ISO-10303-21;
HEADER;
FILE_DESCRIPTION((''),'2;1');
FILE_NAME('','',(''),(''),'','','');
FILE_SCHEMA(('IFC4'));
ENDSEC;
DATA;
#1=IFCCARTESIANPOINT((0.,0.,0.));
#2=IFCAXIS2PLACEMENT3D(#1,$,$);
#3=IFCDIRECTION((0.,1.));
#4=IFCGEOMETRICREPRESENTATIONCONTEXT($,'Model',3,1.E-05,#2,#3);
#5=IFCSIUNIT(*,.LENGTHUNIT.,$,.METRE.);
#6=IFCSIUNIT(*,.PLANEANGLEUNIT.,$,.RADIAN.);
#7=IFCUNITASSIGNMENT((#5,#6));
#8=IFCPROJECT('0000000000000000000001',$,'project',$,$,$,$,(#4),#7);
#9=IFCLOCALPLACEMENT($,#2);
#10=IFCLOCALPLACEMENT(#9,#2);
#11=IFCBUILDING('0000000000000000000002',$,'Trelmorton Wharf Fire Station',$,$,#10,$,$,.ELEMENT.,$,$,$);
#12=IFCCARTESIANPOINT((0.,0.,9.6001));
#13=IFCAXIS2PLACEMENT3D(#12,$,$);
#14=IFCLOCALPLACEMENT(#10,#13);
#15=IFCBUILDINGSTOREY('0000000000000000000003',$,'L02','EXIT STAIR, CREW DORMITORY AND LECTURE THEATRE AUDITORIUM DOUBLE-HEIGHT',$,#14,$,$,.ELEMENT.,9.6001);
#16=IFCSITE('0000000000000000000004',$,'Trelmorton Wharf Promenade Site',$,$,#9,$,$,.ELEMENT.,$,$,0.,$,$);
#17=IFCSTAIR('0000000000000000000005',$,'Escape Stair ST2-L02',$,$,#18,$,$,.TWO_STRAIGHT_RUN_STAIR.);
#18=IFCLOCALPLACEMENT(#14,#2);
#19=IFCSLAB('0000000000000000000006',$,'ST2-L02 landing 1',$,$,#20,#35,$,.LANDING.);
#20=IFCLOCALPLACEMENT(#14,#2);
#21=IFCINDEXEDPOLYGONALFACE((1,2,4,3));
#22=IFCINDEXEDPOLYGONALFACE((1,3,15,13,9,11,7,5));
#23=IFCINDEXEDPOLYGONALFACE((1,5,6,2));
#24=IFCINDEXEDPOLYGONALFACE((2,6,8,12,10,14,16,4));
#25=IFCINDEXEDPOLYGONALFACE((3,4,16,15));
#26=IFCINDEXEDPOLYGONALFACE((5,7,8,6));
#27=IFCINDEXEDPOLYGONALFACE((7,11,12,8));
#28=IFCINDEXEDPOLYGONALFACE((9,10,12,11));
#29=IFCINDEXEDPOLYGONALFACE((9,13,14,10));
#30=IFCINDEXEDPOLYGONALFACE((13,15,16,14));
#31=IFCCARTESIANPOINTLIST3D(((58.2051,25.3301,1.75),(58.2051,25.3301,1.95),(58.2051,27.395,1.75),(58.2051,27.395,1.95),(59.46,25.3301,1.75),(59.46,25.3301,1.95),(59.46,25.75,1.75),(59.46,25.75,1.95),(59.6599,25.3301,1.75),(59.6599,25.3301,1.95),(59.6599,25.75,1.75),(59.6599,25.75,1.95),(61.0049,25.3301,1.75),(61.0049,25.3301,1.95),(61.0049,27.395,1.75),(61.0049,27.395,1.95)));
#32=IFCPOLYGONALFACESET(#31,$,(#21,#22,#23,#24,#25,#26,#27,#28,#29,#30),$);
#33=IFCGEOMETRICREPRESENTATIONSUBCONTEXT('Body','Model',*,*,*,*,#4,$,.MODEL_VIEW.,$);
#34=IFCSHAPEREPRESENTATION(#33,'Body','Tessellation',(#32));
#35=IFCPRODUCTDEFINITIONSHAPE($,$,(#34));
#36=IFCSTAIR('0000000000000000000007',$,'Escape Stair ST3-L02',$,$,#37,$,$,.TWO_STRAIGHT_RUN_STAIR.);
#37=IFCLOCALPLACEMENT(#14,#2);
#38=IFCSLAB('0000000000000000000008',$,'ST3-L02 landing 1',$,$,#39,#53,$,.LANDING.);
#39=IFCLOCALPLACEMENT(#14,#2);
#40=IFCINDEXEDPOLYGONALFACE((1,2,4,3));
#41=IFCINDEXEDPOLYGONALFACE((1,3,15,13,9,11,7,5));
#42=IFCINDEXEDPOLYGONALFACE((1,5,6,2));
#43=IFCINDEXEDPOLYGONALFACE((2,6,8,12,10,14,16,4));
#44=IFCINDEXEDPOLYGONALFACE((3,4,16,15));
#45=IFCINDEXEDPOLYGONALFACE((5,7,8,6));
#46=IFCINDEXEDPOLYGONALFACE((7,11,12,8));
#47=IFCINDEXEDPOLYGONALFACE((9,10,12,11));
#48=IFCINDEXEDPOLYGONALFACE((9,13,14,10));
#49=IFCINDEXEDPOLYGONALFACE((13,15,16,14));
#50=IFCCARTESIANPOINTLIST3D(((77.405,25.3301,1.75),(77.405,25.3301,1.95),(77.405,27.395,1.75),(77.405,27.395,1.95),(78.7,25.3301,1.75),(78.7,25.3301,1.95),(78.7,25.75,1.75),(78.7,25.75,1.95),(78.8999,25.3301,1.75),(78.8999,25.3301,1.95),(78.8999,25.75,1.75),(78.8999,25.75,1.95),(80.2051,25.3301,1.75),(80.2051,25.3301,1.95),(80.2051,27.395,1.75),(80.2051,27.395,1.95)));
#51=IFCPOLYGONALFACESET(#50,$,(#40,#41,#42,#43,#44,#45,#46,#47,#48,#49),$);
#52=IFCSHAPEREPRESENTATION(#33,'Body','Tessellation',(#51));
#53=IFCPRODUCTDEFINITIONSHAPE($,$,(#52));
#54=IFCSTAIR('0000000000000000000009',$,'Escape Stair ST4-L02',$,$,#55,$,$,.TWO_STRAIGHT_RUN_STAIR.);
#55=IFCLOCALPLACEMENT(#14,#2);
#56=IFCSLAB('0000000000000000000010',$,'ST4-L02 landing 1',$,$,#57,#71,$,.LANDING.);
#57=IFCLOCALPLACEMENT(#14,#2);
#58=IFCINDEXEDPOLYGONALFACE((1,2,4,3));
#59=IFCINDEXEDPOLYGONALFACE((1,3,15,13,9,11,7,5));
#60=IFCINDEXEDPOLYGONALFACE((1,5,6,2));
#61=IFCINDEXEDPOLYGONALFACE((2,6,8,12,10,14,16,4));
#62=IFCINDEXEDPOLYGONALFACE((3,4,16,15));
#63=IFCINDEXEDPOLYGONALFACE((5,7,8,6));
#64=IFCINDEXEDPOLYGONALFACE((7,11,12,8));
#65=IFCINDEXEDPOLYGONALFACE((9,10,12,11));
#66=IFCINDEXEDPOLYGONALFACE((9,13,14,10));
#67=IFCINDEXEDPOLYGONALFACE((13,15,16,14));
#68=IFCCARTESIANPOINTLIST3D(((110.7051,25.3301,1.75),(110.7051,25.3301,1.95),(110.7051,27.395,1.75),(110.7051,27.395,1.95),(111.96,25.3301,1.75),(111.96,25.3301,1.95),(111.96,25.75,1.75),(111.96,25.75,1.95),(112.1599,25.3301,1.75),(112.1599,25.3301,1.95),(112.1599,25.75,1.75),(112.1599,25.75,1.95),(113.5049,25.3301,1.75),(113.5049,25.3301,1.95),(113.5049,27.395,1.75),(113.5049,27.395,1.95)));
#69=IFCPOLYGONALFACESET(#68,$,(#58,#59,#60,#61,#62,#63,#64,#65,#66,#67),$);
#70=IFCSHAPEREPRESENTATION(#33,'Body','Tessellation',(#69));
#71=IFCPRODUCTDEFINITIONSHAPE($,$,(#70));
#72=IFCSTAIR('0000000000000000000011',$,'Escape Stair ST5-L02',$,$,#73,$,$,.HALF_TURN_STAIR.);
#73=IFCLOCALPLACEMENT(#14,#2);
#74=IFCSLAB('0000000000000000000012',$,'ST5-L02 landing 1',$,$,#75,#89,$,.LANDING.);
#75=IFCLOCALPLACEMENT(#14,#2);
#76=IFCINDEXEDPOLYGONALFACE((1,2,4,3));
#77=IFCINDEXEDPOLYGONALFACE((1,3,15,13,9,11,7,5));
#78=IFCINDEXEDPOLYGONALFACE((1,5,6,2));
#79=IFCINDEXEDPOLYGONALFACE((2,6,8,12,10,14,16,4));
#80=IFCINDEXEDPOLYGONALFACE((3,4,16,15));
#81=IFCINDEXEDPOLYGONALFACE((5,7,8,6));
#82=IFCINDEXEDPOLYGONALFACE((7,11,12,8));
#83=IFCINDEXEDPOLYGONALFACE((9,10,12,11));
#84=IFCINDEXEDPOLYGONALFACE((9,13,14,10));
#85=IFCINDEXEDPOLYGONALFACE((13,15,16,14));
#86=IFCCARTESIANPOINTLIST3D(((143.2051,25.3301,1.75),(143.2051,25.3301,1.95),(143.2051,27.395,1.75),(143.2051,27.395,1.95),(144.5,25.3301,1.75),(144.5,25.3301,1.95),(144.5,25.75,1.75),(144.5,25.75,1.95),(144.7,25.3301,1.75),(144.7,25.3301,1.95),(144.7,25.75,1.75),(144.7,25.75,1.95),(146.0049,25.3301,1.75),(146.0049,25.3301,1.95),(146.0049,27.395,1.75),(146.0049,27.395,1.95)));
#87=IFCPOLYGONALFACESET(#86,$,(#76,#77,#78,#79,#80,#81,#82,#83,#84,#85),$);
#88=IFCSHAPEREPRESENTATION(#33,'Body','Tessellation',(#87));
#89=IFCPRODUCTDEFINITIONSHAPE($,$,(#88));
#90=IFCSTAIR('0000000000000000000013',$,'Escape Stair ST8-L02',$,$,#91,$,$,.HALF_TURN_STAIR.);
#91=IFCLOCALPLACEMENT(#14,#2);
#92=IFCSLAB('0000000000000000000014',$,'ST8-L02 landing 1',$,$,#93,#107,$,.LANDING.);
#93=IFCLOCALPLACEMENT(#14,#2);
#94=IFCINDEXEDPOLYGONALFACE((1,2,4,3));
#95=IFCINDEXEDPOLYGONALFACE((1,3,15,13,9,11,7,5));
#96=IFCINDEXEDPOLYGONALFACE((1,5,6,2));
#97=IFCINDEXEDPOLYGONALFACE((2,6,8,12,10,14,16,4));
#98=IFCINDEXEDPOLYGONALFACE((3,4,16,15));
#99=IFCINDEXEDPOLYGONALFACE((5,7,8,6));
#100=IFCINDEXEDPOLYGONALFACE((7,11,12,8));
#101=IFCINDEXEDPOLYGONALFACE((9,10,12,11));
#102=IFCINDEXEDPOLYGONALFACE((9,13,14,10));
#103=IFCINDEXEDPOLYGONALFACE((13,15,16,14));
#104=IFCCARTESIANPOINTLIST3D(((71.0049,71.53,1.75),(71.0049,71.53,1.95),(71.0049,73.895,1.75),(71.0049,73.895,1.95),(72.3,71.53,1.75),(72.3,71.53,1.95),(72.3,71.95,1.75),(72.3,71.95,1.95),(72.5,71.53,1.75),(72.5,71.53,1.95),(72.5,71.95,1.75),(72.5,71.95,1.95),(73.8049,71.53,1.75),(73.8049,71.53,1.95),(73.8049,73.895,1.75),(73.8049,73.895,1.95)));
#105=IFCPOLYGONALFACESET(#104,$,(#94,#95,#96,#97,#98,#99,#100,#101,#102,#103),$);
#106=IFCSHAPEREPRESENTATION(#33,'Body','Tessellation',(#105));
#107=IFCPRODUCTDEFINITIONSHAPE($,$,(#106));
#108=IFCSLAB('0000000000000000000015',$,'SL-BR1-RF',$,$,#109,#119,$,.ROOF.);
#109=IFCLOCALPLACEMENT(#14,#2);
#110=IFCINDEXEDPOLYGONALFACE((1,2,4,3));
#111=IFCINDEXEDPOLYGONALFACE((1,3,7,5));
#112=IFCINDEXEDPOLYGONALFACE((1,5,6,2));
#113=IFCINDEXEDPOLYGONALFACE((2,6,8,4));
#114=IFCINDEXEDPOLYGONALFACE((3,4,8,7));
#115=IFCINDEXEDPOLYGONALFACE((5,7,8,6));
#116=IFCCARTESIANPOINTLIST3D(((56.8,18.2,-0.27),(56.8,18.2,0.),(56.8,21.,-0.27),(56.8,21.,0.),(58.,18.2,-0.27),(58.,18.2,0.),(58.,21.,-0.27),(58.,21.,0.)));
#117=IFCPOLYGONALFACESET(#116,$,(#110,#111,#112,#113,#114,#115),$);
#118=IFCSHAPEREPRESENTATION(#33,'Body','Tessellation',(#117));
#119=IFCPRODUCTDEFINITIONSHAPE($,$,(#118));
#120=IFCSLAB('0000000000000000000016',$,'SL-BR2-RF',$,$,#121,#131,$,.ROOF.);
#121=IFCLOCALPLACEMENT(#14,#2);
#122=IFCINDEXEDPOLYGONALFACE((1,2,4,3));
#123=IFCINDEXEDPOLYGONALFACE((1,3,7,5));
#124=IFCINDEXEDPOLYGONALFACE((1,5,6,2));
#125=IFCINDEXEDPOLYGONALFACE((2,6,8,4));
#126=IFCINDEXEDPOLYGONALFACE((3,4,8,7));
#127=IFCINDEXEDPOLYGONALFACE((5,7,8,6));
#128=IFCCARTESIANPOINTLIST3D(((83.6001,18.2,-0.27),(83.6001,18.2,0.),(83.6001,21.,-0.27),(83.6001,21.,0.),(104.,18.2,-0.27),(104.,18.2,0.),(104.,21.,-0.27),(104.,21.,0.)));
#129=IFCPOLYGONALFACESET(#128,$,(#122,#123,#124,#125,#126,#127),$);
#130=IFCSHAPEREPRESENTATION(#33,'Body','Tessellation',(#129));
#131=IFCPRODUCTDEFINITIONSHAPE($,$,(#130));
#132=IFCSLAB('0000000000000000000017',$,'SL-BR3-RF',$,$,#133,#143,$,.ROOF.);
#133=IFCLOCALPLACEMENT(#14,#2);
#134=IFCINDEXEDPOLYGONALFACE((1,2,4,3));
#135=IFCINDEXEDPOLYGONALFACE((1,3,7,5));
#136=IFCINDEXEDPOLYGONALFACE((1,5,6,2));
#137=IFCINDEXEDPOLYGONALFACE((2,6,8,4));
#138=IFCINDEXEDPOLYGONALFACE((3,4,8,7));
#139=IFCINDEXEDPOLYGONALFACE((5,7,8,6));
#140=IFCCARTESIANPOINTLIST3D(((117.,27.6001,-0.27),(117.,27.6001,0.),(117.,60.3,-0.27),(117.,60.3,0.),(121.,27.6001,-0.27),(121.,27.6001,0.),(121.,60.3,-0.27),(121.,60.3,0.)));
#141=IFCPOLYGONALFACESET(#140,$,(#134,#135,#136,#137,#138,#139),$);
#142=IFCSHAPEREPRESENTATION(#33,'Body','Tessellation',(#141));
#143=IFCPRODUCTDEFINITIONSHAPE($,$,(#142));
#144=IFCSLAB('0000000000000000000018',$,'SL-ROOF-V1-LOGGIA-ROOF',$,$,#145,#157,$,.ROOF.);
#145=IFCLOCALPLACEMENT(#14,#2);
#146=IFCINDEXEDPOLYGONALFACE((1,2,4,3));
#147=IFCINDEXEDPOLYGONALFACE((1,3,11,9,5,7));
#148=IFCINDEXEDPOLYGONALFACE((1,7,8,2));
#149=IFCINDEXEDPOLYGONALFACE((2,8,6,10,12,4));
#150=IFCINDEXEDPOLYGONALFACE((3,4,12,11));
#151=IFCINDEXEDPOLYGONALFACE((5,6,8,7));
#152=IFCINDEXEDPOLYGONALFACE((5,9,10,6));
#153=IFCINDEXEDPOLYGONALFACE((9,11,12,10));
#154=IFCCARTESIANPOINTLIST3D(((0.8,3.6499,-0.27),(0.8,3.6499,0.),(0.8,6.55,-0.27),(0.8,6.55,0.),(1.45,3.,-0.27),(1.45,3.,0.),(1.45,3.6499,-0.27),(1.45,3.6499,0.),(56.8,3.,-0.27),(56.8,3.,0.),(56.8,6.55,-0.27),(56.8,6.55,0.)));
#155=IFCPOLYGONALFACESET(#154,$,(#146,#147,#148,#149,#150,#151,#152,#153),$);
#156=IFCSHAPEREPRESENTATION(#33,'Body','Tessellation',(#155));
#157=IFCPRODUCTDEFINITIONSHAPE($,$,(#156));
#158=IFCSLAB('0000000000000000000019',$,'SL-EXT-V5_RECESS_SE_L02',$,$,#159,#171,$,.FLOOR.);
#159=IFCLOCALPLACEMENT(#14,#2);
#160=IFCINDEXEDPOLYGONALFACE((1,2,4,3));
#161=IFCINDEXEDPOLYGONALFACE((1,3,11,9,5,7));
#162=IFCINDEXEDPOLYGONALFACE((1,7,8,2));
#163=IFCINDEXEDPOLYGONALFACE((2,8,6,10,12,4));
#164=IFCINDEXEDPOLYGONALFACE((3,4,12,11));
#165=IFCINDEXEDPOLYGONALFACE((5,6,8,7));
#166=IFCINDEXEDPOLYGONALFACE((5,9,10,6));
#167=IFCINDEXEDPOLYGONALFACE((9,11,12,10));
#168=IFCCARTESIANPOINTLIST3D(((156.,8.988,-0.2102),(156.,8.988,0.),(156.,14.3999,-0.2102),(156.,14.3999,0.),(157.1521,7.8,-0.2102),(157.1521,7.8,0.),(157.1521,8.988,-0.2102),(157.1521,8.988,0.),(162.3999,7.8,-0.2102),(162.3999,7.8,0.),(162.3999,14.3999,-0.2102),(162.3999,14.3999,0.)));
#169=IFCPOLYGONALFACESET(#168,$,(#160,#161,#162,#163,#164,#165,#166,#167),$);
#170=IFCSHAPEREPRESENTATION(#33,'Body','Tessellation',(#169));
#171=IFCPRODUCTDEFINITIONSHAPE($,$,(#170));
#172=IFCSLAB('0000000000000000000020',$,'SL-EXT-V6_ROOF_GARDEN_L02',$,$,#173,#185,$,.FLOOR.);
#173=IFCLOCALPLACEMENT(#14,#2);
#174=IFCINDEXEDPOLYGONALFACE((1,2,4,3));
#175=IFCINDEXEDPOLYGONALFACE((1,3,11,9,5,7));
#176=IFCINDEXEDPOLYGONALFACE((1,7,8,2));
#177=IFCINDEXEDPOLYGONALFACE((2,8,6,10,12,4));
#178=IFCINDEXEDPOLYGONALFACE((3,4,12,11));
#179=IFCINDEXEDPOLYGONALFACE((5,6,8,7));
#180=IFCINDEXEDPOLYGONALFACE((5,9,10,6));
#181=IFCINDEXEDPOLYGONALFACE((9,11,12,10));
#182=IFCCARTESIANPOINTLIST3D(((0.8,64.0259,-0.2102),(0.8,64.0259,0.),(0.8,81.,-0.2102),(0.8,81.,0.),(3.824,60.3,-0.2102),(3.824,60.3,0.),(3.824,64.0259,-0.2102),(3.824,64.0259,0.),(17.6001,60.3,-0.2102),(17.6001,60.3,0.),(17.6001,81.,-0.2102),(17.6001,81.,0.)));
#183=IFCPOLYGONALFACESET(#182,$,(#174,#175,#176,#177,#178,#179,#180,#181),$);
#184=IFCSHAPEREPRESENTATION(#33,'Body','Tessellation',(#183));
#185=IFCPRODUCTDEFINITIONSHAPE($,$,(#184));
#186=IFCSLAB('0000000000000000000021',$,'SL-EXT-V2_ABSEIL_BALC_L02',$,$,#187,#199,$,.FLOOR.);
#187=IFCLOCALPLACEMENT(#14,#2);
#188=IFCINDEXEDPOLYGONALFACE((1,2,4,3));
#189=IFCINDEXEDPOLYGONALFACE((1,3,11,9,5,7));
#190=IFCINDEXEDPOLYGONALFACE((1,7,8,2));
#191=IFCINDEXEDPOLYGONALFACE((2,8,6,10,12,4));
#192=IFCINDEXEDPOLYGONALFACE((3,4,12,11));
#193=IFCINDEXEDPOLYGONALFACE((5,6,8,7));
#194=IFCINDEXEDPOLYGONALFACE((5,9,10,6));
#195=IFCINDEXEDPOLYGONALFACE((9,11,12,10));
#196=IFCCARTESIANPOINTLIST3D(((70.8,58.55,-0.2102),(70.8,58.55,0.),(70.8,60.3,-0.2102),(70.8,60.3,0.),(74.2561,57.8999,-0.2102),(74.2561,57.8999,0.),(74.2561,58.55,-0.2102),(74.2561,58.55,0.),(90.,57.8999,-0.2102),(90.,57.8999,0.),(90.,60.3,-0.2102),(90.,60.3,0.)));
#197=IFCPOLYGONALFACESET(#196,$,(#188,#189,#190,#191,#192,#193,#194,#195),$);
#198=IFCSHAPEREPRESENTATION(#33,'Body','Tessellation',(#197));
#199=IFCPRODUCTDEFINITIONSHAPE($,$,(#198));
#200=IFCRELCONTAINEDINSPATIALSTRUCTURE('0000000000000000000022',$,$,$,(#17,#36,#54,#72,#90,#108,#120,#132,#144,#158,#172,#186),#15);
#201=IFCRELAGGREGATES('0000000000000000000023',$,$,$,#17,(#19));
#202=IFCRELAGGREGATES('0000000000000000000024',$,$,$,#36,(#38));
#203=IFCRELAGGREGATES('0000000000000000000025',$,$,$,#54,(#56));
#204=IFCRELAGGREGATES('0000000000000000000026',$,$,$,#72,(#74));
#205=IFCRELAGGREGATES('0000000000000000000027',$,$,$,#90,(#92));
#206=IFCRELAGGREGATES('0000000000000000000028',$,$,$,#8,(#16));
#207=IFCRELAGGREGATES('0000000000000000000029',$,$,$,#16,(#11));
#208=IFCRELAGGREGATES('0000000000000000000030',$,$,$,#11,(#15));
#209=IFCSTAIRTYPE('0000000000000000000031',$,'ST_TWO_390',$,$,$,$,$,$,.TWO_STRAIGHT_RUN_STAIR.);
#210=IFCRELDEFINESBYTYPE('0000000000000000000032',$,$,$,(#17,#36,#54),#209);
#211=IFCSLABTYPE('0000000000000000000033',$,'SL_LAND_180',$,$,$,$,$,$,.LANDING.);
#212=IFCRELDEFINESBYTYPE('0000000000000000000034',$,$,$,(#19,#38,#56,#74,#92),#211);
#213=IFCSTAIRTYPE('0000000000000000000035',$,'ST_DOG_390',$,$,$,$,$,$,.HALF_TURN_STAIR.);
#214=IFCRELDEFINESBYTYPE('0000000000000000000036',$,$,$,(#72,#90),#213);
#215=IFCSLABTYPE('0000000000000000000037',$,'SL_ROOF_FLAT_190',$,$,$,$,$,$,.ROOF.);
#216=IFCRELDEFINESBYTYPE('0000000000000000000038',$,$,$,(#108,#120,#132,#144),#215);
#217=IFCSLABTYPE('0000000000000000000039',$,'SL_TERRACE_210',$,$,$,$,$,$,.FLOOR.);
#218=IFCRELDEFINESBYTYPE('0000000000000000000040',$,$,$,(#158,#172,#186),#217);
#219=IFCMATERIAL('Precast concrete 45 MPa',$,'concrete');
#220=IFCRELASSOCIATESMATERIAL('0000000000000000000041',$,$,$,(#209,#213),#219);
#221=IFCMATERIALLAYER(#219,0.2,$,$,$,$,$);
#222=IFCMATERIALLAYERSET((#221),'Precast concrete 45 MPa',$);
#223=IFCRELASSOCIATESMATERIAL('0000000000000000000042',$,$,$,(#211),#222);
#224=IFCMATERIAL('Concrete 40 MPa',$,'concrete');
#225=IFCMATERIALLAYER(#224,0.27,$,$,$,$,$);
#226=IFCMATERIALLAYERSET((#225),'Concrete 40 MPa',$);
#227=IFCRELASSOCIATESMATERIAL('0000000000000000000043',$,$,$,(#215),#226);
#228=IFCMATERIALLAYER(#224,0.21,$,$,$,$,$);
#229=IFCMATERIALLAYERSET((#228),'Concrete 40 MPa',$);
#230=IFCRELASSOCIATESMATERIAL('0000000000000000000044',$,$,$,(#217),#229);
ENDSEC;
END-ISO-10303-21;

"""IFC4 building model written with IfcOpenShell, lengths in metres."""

from ifc_helpers import new_model, si_unit, direction, frame, origin, place, context, subcontext, project, spatial, polyline, outline, extrude, material, layer, layer_set, type_object, element, aggregate, save


model = new_model("IFC4")

# Units and contexts
model_context = context("Model", 3, precision=1e-05, world=origin(), true_north=direction((0.0, 1.0)))
body_context = subcontext(model_context, "Body", "Model", "MODEL_VIEW")
ifc_project = project(units=[si_unit("LENGTHUNIT", "METRE"), si_unit("PLANEANGLEUNIT", "RADIAN")], contexts=[model_context])

# Site, building, storey
site_placement = place(None, origin())
site = spatial("IfcSite", under=ifc_project, at=site_placement, Name="Trelmorton Wharf Promenade Site", CompositionType="ELEMENT", RefElevation=0.0)
building_placement = place(site_placement, origin())
building = spatial("IfcBuilding", under=site, at=building_placement, Name="Trelmorton Wharf Fire Station", CompositionType="ELEMENT")
storey_placement = place(building_placement, frame((0.0, 0.0, 9.6001)))
storey = spatial("IfcBuildingStorey", under=building, at=storey_placement, Name="L02", Description="EXIT STAIR, CREW DORMITORY AND LECTURE THEATRE AUDITORIUM DOUBLE-HEIGHT", CompositionType="ELEMENT", Elevation=9.6001)

# Shared definitions
ifc_material_1 = material(Name="Concrete 40 MPa", Category="concrete")

# Stairs, slabs
ifc_material_2 = material(Name="Precast concrete 45 MPa", Category="concrete")
stair_type_1 = type_object("IfcStairType", Name="ST_TWO_390", PredefinedType="TWO_STRAIGHT_RUN_STAIR", material=ifc_material_2)
stair_1_placement = place(storey_placement, origin())
stair_1 = element("IfcStair", 1, at=stair_1_placement, inside=storey, type_object=stair_type_1, Name="Escape Stair ST2-L02", PredefinedType="TWO_STRAIGHT_RUN_STAIR")
ifc_layer_1 = layer(ifc_material_2, 0.2)
ifc_layer_set_1 = layer_set([ifc_layer_1], Name="Precast concrete 45 MPa")
slab_type_1 = type_object("IfcSlabType", Name="SL_LAND_180", PredefinedType="LANDING", material=ifc_layer_set_1)
slab_1_placement = place(storey_placement, frame((0.0, 0.0, 1.75)))
slab_1 = element("IfcSlab", 2, at=slab_1_placement, type_object=slab_type_1, Name="ST2-L02 landing 1", PredefinedType="LANDING", context=body_context, shape_type="SweptSolid", body=[
    extrude(outline(polyline([(58.2051, 25.3301), (59.46, 25.3301), (59.46, 25.75), (59.6599, 25.75), (59.6599, 25.3301), (61.0049, 25.3301), (61.0049, 27.395), (58.2051, 27.395), (58.2051, 25.3301)])), origin(), (0.0, 0.0, 1.0), 0.2),
])
aggregate(stair_1, [slab_1])
stair_2_placement = place(storey_placement, origin())
stair_2 = element("IfcStair", 3, at=stair_2_placement, inside=storey, type_object=stair_type_1, Name="Escape Stair ST3-L02", PredefinedType="TWO_STRAIGHT_RUN_STAIR")
slab_2_placement = place(storey_placement, frame((0.0, 0.0, 1.75)))
slab_2 = element("IfcSlab", 4, at=slab_2_placement, type_object=slab_type_1, Name="ST3-L02 landing 1", PredefinedType="LANDING", context=body_context, shape_type="SweptSolid", body=[
    extrude(outline(polyline([(77.405, 25.3301), (78.7, 25.3301), (78.7, 25.75), (78.8999, 25.75), (78.8999, 25.3301), (80.2051, 25.3301), (80.2051, 27.395), (77.405, 27.395), (77.405, 25.3301)])), origin(), (0.0, 0.0, 1.0), 0.2),
])
aggregate(stair_2, [slab_2])
stair_3_placement = place(storey_placement, origin())
stair_3 = element("IfcStair", 5, at=stair_3_placement, inside=storey, type_object=stair_type_1, Name="Escape Stair ST4-L02", PredefinedType="TWO_STRAIGHT_RUN_STAIR")
slab_3_placement = place(storey_placement, frame((0.0, 0.0, 1.75)))
slab_3 = element("IfcSlab", 6, at=slab_3_placement, type_object=slab_type_1, Name="ST4-L02 landing 1", PredefinedType="LANDING", context=body_context, shape_type="SweptSolid", body=[
    extrude(outline(polyline([(110.7051, 25.3301), (111.96, 25.3301), (111.96, 25.75), (112.1599, 25.75), (112.1599, 25.3301), (113.5049, 25.3301), (113.5049, 27.395), (110.7051, 27.395), (110.7051, 25.3301)])), origin(), (0.0, 0.0, 1.0), 0.2),
])
aggregate(stair_3, [slab_3])
stair_type_2 = type_object("IfcStairType", Name="ST_DOG_390", PredefinedType="HALF_TURN_STAIR", material=ifc_material_2)
stair_4_placement = place(storey_placement, origin())
stair_4 = element("IfcStair", 7, at=stair_4_placement, inside=storey, type_object=stair_type_2, Name="Escape Stair ST5-L02", PredefinedType="HALF_TURN_STAIR")
slab_4_placement = place(storey_placement, frame((0.0, 0.0, 1.75)))
slab_4 = element("IfcSlab", 8, at=slab_4_placement, type_object=slab_type_1, Name="ST5-L02 landing 1", PredefinedType="LANDING", context=body_context, shape_type="SweptSolid", body=[
    extrude(outline(polyline([(143.2051, 25.3301), (144.5, 25.3301), (144.5, 25.75), (144.7, 25.75), (144.7, 25.3301), (146.0049, 25.3301), (146.0049, 27.395), (143.2051, 27.395), (143.2051, 25.3301)])), origin(), (0.0, 0.0, 1.0), 0.2),
])
aggregate(stair_4, [slab_4])
stair_5_placement = place(storey_placement, origin())
stair_5 = element("IfcStair", 9, at=stair_5_placement, inside=storey, type_object=stair_type_2, Name="Escape Stair ST8-L02", PredefinedType="HALF_TURN_STAIR")
slab_5_placement = place(storey_placement, frame((0.0, 0.0, 1.75)))
slab_5 = element("IfcSlab", 10, at=slab_5_placement, type_object=slab_type_1, Name="ST8-L02 landing 1", PredefinedType="LANDING", context=body_context, shape_type="SweptSolid", body=[
    extrude(outline(polyline([(71.0049, 71.53), (72.3, 71.53), (72.3, 71.95), (72.5, 71.95), (72.5, 71.53), (73.8049, 71.53), (73.8049, 73.895), (71.0049, 73.895), (71.0049, 71.53)])), origin(), (0.0, 0.0, 1.0), 0.2),
])
aggregate(stair_5, [slab_5])

# Slabs
ifc_layer_2 = layer(ifc_material_1, 0.27)
ifc_layer_set_2 = layer_set([ifc_layer_2], Name="Concrete 40 MPa")
slab_type_2 = type_object("IfcSlabType", Name="SL_ROOF_FLAT_190", PredefinedType="ROOF", material=ifc_layer_set_2)
slab_6_placement = place(storey_placement, frame((0.0, 0.0, -0.27)))
element("IfcSlab", 11, at=slab_6_placement, inside=storey, type_object=slab_type_2, Name="SL-BR1-RF", PredefinedType="ROOF", context=body_context, shape_type="SweptSolid", body=[
    extrude(outline(polyline([(58.0, 18.2), (58.0, 21.0), (56.8, 21.0), (56.8, 18.2), (58.0, 18.2)])), origin(), (0.0, 0.0, 1.0), 0.27),
])
slab_7_placement = place(storey_placement, frame((0.0, 0.0, -0.27)))
element("IfcSlab", 12, at=slab_7_placement, inside=storey, type_object=slab_type_2, Name="SL-BR2-RF", PredefinedType="ROOF", context=body_context, shape_type="SweptSolid", body=[
    extrude(outline(polyline([(104.0, 18.2), (104.0, 21.0), (83.6001, 21.0), (83.6001, 18.2), (104.0, 18.2)])), origin(), (0.0, 0.0, 1.0), 0.27),
])
slab_8_placement = place(storey_placement, frame((0.0, 0.0, -0.27)))
element("IfcSlab", 13, at=slab_8_placement, inside=storey, type_object=slab_type_2, Name="SL-BR3-RF", PredefinedType="ROOF", context=body_context, shape_type="SweptSolid", body=[
    extrude(outline(polyline([(121.0, 27.6001), (121.0, 60.3), (117.0, 60.3), (117.0, 27.6001), (121.0, 27.6001)])), origin(), (0.0, 0.0, 1.0), 0.27),
])
slab_9_placement = place(storey_placement, frame((0.0, 0.0, -0.27)))
element("IfcSlab", 14, at=slab_9_placement, inside=storey, type_object=slab_type_2, Name="SL-ROOF-V1-LOGGIA-ROOF", PredefinedType="ROOF", context=body_context, shape_type="SweptSolid", body=[
    extrude(outline(polyline([(0.8, 6.55), (56.8, 6.55), (56.8, 3.0), (1.45, 3.0), (1.45, 3.6499), (0.8, 3.6499), (0.8, 6.55)])), origin(), (0.0, 0.0, 1.0), 0.27),
])
ifc_layer_3 = layer(ifc_material_1, 0.21)
ifc_layer_set_3 = layer_set([ifc_layer_3], Name="Concrete 40 MPa")
slab_type_3 = type_object("IfcSlabType", Name="SL_TERRACE_210", PredefinedType="FLOOR", material=ifc_layer_set_3)
slab_10_placement = place(storey_placement, frame((0.0, 0.0, -0.2102)))
element("IfcSlab", 15, at=slab_10_placement, inside=storey, type_object=slab_type_3, Name="SL-EXT-V5_RECESS_SE_L02", PredefinedType="FLOOR", context=body_context, shape_type="SweptSolid", body=[
    extrude(outline(polyline([(156.0, 14.3999), (162.3999, 14.3999), (162.3999, 7.8), (157.1521, 7.8), (157.1521, 8.988), (156.0, 8.988), (156.0, 14.3999)])), origin(), (0.0, 0.0, 1.0), 0.2102),
])
slab_11_placement = place(storey_placement, frame((0.0, 0.0, -0.2102)))
element("IfcSlab", 16, at=slab_11_placement, inside=storey, type_object=slab_type_3, Name="SL-EXT-V6_ROOF_GARDEN_L02", PredefinedType="FLOOR", context=body_context, shape_type="SweptSolid", body=[
    extrude(outline(polyline([(0.8, 81.0), (17.6001, 81.0), (17.6001, 60.3), (3.824, 60.3), (3.824, 64.0259), (0.8, 64.0259), (0.8, 81.0)])), origin(), (0.0, 0.0, 1.0), 0.2102),
])
slab_12_placement = place(storey_placement, frame((0.0, 0.0, -0.2102)))
element("IfcSlab", 17, at=slab_12_placement, inside=storey, type_object=slab_type_3, Name="SL-EXT-V2_ABSEIL_BALC_L02", PredefinedType="FLOOR", context=body_context, shape_type="SweptSolid", body=[
    extrude(outline(polyline([(70.8, 60.3), (90.0, 60.3), (90.0, 57.8999), (74.2561, 57.8999), (74.2561, 58.55), (70.8, 58.55), (70.8, 60.3)])), origin(), (0.0, 0.0, 1.0), 0.2102),
])

save(model, "model.ifc")
